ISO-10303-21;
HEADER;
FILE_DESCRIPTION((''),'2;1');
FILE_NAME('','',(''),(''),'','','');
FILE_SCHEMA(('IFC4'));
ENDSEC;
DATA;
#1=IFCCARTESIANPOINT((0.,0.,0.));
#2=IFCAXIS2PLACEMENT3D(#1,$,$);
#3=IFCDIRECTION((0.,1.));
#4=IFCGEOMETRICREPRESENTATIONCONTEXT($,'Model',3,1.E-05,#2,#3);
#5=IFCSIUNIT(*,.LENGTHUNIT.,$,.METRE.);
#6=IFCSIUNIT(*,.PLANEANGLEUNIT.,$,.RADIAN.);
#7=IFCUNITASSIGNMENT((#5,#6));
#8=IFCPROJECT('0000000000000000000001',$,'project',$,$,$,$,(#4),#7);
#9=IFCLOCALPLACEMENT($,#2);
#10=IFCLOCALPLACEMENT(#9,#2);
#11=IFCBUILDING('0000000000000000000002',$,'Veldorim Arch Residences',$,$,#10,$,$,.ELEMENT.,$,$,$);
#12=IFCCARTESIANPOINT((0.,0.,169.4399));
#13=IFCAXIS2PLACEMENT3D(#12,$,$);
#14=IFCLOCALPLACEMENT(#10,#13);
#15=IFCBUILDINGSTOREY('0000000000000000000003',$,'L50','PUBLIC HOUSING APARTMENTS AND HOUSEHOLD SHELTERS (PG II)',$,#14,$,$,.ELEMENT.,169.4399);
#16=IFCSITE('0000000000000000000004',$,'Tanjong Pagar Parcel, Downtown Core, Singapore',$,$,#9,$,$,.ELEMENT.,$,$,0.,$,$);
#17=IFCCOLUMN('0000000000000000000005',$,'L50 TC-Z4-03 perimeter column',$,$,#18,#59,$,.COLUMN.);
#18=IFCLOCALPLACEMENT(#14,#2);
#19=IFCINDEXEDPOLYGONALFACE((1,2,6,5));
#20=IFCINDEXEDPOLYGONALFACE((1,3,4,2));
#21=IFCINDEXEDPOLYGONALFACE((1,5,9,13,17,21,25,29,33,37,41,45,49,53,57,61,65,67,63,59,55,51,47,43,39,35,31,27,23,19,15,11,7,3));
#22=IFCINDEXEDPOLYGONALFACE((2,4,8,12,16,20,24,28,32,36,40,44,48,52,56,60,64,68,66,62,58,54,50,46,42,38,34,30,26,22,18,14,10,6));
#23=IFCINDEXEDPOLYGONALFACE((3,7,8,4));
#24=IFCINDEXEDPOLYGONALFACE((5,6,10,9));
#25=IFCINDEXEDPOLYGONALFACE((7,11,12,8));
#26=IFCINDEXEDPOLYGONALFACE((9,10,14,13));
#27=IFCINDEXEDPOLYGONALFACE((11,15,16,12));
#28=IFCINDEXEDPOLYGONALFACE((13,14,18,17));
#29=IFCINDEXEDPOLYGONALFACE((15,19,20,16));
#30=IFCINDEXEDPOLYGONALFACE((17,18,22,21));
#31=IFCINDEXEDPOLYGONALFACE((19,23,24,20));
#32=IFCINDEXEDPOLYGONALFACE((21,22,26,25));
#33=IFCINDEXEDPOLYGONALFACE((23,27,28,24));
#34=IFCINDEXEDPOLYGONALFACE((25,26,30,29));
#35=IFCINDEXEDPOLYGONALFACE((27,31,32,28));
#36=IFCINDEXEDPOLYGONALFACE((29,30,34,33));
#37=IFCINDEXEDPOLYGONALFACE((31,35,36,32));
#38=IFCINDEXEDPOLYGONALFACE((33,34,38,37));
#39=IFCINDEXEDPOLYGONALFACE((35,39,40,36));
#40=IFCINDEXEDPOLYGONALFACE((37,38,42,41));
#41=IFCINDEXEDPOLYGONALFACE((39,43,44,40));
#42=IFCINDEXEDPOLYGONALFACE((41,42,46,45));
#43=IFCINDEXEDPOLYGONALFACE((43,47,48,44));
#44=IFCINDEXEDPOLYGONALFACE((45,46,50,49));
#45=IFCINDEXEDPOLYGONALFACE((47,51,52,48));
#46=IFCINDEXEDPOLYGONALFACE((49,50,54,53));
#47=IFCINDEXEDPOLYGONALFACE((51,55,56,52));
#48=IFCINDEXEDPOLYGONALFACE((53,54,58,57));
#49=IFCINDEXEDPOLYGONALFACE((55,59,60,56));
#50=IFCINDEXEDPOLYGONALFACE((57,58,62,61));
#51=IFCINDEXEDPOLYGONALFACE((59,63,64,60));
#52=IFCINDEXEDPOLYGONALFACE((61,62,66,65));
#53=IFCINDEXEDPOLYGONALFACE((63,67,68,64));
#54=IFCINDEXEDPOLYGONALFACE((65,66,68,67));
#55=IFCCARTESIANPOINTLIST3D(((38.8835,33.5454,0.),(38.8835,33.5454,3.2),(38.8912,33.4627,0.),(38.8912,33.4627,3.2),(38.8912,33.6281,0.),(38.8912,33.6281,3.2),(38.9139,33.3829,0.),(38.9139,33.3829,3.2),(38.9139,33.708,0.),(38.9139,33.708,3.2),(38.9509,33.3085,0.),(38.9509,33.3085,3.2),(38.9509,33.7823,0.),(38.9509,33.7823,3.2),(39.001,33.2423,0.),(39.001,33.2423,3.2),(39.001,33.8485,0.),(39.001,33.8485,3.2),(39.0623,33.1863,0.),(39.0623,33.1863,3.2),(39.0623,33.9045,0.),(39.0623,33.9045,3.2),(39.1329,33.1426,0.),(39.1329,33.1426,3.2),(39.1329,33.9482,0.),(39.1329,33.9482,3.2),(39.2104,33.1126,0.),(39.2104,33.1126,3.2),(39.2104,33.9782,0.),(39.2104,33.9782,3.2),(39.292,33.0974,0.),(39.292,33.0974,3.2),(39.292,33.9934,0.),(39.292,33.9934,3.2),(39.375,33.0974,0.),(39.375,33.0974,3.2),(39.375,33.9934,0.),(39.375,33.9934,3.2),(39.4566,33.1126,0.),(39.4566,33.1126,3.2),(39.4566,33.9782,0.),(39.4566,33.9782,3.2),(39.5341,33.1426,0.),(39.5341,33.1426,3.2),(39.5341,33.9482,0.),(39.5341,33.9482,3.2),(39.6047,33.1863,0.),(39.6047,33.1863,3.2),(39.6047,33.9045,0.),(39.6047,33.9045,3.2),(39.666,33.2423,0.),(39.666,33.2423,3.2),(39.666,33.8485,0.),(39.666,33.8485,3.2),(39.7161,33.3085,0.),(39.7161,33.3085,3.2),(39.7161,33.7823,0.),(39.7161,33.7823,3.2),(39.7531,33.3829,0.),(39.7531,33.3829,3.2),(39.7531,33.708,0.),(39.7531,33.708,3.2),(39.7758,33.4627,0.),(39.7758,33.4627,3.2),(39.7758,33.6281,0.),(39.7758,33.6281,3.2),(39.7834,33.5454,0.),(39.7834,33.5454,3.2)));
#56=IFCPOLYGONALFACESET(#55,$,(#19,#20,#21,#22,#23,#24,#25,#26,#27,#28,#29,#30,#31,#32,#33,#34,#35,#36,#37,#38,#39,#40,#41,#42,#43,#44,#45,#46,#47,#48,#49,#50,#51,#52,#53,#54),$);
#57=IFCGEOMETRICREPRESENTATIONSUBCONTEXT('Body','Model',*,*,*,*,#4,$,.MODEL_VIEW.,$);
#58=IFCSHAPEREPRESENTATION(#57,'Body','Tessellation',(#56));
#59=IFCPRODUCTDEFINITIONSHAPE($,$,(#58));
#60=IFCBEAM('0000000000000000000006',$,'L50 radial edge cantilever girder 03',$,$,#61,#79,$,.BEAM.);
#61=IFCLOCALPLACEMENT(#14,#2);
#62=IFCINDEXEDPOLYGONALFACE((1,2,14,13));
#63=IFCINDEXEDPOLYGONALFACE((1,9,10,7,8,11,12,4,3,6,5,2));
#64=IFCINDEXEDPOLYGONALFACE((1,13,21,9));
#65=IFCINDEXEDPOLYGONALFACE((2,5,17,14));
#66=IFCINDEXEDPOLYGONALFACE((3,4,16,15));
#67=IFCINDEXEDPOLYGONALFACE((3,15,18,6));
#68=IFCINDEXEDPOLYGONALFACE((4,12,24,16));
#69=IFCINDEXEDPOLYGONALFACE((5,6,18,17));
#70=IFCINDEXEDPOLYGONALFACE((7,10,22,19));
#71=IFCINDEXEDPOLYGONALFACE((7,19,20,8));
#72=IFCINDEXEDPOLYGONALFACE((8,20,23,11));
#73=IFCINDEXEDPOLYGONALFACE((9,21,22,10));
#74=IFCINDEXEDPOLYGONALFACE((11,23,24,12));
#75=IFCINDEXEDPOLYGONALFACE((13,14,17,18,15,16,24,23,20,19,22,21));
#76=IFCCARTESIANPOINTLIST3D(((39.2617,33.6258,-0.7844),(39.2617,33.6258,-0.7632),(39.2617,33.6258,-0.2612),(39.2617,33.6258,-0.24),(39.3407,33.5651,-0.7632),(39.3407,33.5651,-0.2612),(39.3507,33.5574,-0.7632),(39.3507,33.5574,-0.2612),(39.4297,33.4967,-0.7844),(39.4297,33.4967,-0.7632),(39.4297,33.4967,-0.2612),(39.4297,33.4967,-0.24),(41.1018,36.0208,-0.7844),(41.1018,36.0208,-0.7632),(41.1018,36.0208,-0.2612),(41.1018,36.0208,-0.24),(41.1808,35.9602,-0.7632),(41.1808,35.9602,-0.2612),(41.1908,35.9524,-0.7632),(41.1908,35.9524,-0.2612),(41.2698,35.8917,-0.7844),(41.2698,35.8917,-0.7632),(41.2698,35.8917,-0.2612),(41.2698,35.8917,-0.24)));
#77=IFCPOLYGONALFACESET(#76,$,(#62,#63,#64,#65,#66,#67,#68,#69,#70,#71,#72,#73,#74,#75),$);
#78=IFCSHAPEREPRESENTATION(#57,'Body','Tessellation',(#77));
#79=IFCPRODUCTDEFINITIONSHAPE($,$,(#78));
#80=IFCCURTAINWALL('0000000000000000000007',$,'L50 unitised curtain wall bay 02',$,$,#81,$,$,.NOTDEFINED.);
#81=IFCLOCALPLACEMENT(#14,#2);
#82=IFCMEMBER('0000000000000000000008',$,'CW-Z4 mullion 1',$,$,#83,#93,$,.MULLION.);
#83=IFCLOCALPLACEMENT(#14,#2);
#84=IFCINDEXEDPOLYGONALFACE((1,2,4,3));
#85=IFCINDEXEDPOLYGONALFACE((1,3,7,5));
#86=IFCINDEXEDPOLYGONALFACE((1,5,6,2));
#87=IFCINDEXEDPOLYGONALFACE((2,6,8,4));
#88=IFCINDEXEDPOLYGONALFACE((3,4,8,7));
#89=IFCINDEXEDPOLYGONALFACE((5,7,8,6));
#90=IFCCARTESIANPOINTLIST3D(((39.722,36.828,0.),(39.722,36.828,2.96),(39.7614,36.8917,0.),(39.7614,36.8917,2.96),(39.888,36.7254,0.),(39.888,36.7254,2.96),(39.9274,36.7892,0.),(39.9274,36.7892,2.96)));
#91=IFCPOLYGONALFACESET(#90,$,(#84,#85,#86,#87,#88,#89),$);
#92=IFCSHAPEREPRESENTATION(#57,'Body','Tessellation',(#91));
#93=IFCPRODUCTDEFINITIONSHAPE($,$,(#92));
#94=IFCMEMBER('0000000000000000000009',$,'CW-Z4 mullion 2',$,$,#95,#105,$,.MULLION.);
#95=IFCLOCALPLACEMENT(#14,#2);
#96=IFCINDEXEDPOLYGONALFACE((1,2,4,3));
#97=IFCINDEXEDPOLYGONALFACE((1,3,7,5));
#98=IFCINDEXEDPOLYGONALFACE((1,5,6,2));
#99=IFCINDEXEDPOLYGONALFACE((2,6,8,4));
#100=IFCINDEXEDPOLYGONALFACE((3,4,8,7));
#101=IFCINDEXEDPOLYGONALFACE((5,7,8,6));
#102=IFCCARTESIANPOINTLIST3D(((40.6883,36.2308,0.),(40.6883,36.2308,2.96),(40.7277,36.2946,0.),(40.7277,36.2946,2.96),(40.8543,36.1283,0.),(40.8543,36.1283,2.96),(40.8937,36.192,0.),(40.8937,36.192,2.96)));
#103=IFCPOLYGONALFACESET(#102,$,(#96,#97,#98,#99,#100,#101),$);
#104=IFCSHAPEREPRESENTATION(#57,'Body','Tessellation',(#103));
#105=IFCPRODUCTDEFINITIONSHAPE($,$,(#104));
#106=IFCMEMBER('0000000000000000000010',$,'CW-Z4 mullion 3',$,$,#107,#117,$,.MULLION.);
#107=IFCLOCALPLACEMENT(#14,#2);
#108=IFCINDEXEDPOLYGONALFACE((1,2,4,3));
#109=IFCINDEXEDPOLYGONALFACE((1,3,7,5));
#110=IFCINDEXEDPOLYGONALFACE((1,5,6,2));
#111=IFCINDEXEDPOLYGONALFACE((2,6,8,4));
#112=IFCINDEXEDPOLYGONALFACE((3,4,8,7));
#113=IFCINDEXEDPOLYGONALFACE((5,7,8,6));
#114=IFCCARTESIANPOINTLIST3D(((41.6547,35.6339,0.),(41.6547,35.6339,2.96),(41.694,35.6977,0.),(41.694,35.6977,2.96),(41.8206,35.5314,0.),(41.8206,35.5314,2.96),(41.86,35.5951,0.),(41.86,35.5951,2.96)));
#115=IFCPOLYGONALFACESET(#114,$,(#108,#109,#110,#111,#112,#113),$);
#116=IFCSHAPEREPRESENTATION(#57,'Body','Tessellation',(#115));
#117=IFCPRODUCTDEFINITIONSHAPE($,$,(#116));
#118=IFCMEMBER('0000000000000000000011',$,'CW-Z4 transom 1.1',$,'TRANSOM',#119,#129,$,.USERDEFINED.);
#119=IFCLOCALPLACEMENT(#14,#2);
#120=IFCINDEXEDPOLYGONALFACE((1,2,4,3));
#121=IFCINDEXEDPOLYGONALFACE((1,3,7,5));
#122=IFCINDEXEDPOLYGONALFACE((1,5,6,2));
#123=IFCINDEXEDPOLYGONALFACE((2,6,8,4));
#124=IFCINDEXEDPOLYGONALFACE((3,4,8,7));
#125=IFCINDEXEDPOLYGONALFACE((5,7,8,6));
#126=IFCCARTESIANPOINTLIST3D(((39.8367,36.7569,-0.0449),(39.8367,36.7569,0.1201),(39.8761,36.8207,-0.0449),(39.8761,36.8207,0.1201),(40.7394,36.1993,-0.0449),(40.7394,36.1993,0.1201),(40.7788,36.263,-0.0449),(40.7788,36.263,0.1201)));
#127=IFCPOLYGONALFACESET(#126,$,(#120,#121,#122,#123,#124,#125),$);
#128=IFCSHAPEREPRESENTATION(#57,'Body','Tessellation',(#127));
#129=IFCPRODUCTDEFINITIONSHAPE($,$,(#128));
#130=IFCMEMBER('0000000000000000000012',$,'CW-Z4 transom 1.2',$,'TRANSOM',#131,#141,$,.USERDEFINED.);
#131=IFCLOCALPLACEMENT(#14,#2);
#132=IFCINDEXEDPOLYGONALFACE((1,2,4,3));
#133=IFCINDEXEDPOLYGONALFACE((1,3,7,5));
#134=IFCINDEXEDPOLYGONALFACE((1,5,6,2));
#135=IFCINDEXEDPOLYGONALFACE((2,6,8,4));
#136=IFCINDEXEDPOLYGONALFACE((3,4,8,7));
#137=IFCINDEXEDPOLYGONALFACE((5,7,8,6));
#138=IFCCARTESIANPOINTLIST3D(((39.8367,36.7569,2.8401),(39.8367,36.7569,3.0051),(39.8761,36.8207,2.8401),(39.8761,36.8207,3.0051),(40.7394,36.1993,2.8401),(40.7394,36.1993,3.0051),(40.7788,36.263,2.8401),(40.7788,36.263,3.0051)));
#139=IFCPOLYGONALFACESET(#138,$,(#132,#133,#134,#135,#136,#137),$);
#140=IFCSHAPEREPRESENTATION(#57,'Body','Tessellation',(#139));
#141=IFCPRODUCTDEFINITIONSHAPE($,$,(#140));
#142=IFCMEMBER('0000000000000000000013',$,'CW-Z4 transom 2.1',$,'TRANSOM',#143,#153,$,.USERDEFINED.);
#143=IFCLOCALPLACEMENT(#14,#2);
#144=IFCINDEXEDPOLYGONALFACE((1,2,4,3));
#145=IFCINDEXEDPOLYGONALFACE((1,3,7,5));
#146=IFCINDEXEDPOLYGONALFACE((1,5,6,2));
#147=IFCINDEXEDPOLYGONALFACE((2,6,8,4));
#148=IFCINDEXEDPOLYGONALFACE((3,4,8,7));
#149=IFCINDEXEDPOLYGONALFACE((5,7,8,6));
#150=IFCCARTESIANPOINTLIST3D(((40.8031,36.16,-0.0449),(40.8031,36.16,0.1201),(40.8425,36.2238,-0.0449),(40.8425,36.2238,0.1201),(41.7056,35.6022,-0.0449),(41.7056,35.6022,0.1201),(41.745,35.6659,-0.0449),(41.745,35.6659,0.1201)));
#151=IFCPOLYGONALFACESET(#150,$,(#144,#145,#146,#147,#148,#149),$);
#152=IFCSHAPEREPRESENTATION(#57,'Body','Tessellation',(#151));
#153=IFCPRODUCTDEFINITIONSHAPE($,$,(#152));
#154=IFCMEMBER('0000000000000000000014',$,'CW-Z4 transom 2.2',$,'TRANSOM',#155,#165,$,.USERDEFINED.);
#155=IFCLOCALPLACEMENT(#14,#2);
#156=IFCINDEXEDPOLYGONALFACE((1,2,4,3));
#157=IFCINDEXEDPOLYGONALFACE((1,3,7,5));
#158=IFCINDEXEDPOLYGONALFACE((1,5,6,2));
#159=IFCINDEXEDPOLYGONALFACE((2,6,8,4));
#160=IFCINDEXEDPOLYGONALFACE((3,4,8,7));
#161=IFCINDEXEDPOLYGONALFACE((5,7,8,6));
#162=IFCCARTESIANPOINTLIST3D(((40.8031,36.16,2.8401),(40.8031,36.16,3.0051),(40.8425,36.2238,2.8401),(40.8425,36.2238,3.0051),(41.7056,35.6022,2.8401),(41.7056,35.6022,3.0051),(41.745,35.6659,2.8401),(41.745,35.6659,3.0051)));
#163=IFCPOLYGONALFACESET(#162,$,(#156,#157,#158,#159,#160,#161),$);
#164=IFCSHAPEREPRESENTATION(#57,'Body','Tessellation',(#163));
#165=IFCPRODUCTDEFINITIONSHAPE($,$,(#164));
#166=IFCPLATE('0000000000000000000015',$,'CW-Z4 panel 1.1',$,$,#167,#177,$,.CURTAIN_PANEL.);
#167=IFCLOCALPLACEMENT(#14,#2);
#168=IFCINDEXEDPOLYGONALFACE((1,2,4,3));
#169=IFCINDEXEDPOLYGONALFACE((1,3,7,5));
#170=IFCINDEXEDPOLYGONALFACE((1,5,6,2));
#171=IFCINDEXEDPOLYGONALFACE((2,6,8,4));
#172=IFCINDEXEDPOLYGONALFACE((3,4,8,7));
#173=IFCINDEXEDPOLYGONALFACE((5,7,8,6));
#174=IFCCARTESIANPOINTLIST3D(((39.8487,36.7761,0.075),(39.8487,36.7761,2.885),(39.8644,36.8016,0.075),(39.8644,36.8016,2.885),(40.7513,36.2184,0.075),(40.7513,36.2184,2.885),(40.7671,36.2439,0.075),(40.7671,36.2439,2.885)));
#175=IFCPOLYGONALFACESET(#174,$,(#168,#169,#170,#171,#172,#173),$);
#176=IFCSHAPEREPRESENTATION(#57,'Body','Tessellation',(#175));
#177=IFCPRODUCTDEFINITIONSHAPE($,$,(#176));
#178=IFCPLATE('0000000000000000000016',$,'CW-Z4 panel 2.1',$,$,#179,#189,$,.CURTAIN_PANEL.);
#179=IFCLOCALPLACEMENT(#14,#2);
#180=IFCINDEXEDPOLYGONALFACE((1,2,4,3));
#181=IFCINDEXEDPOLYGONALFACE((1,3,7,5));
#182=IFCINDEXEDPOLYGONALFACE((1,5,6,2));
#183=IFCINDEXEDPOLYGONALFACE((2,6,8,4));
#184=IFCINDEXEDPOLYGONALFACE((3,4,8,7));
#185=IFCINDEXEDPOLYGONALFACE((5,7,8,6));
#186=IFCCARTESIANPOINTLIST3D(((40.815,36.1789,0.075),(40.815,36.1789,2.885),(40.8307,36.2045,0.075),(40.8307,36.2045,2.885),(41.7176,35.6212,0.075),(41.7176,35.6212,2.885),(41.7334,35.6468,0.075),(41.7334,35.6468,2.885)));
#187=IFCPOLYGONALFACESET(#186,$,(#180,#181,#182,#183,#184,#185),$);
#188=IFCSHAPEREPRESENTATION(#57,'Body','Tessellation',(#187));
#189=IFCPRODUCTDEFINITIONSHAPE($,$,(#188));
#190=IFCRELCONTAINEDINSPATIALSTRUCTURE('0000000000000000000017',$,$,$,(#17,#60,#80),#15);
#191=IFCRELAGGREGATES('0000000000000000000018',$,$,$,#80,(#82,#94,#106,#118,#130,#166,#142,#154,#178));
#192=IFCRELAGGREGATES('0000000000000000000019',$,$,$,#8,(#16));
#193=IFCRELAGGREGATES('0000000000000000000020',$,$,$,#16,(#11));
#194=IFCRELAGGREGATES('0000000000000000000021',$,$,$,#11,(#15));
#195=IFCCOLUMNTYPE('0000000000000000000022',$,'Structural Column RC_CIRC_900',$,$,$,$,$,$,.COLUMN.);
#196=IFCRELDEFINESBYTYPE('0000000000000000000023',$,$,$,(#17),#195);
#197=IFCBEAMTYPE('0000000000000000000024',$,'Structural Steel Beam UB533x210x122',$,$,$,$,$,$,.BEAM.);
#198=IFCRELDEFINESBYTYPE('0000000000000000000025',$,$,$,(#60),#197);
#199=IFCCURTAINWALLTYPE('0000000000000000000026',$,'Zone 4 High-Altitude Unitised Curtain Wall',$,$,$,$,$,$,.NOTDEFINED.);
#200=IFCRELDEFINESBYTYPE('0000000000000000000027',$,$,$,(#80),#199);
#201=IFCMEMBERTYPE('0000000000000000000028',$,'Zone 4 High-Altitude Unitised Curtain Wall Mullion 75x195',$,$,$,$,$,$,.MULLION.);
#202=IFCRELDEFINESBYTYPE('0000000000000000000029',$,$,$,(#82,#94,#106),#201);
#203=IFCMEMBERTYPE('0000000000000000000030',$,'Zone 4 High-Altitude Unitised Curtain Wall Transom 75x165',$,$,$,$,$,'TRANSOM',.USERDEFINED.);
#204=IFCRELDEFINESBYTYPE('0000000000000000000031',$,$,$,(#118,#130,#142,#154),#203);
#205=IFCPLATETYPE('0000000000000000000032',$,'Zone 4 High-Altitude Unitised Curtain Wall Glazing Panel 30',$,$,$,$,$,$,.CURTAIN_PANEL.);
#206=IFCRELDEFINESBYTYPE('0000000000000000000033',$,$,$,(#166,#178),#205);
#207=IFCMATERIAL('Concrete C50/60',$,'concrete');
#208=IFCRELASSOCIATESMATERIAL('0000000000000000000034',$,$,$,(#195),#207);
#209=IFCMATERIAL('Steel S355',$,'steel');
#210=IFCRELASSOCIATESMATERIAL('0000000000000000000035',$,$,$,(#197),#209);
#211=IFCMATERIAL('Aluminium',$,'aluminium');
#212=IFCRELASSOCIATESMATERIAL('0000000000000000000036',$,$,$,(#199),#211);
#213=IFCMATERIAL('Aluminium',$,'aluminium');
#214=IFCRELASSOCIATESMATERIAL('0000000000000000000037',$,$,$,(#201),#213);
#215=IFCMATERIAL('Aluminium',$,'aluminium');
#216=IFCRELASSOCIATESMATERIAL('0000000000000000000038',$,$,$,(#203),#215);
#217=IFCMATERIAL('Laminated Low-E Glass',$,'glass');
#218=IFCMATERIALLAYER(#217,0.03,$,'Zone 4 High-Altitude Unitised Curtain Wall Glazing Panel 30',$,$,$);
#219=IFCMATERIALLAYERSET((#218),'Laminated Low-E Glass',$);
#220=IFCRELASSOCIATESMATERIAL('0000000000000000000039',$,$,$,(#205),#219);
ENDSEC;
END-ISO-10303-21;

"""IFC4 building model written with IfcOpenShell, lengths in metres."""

from ifc_helpers import new_model, si_unit, direction, frame, origin, origin_2d, place, context, subcontext, project, spatial, rectangle, circle, i_section, extrude, material, layer, layer_set, material_profile, profile_set, type_object, element, aggregate, save


model = new_model("IFC4")

# Units and contexts
model_context = context("Model", 3, precision=1e-05, world=origin(), true_north=direction((0.0, 1.0)))
body_context = subcontext(model_context, "Body", "Model", "MODEL_VIEW")
ifc_project = project(units=[si_unit("LENGTHUNIT", "METRE"), si_unit("PLANEANGLEUNIT", "RADIAN")], contexts=[model_context])

# Site, building, storey
site_placement = place(None, origin())
site = spatial("IfcSite", under=ifc_project, at=site_placement, Name="Tanjong Pagar Parcel, Downtown Core, Singapore", CompositionType="ELEMENT", RefElevation=0.0)
building_placement = place(site_placement, origin())
building = spatial("IfcBuilding", under=site, at=building_placement, Name="Veldorim Arch Residences", CompositionType="ELEMENT")
storey_placement = place(building_placement, frame((0.0, 0.0, 169.4399)))
storey = spatial("IfcBuildingStorey", under=building, at=storey_placement, Name="L50", Description="PUBLIC HOUSING APARTMENTS AND HOUSEHOLD SHELTERS (PG II)", CompositionType="ELEMENT", Elevation=169.4399)

# Column
ifc_material_1 = material(Name="Concrete C50/60", Category="concrete")
ifc_material_profile_1 = material_profile(ifc_material_1, circle(Radius=0.45, at=origin_2d()), Name="RC_CIRC_900")
ifc_profile_set_1 = profile_set([ifc_material_profile_1], Name="Concrete C50/60")
column_type = type_object("IfcColumnType", Name="Structural Column RC_CIRC_900", PredefinedType="COLUMN", material=ifc_profile_set_1)
column_placement = place(storey_placement, frame((39.3335, 33.5454, 0.0), z_axis=(0.0, 0.0, 1.0), x_axis=(1.0, 0.0, 0.0)))
element("IfcColumn", 1, at=column_placement, inside=storey, type_object=column_type, Name="L50 TC-Z4-03 perimeter column", PredefinedType="COLUMN", context=body_context, shape_type="SweptSolid", body=[
    extrude(circle(Radius=0.45, at=origin_2d()), origin(), (0.0, 0.0, 1.0), 3.2),
])

# Beam
ifc_material_2 = material(Name="Steel S355", Category="steel")
ifc_material_profile_2 = material_profile(ifc_material_2, i_section(OverallWidth=0.2119, OverallDepth=0.5444, WebThickness=0.0127, FlangeThickness=0.0212, at=origin_2d()), Name="UB533x210x122")
ifc_profile_set_2 = profile_set([ifc_material_profile_2], Name="Steel S355")
beam_type = type_object("IfcBeamType", Name="Structural Steel Beam UB533x210x122", PredefinedType="BEAM", material=ifc_profile_set_2)
beam_placement = place(storey_placement, frame((39.3457, 33.5613, -0.5122), z_axis=(0.609246, 0.792981, 0.0), x_axis=(-0.792981, 0.609246, 0.0)))
element("IfcBeam", 2, at=beam_placement, inside=storey, type_object=beam_type, Name="L50 radial edge cantilever girder 03", PredefinedType="BEAM", context=body_context, shape_type="SweptSolid", body=[
    extrude(i_section(OverallWidth=0.2119, OverallDepth=0.5444, WebThickness=0.0127, FlangeThickness=0.0212, at=origin_2d()), origin(), (0.0, 0.0, 1.0), 3.0203),
])

# Curtain wall, members, plates
ifc_material_3 = material(Name="Aluminium", Category="aluminium")
curtain_wall_type = type_object("IfcCurtainWallType", Name="Zone 4 High-Altitude Unitised Curtain Wall", PredefinedType="NOTDEFINED", material=ifc_material_3)
curtain_wall_placement = place(storey_placement, origin())
curtain_wall = element("IfcCurtainWall", 3, at=curtain_wall_placement, inside=storey, type_object=curtain_wall_type, Name="L50 unitised curtain wall bay 02", PredefinedType="NOTDEFINED")
ifc_material_4 = material(Name="Aluminium", Category="aluminium")
ifc_material_profile_3 = material_profile(ifc_material_4, rectangle(XDim=0.075, YDim=0.1951, at=origin_2d()), Name="ALU_MUL_75x195")
ifc_profile_set_3 = profile_set([ifc_material_profile_3], Name="Aluminium")
member_type_1 = type_object("IfcMemberType", Name="Zone 4 High-Altitude Unitised Curtain Wall Mullion 75x195", PredefinedType="MULLION", material=ifc_profile_set_3)
member_1_placement = place(storey_placement, frame((39.8247, 36.8086, 0.0), z_axis=(0.0, 0.0, 1.0), x_axis=(0.525637, 0.850709, 0.0)))
member_1 = element("IfcMember", 4, at=member_1_placement, type_object=member_type_1, Name="CW-Z4 mullion 1", PredefinedType="MULLION", context=body_context, shape_type="SweptSolid", body=[
    extrude(rectangle(XDim=0.075, YDim=0.1951, at=origin_2d()), origin(), (0.0, 0.0, 1.0), 2.96),
])
member_2_placement = place(storey_placement, frame((40.791, 36.2114, 0.0), z_axis=(0.0, 0.0, 1.0), x_axis=(0.525637, 0.850709, 0.0)))
member_2 = element("IfcMember", 5, at=member_2_placement, type_object=member_type_1, Name="CW-Z4 mullion 2", PredefinedType="MULLION", context=body_context, shape_type="SweptSolid", body=[
    extrude(rectangle(XDim=0.075, YDim=0.1951, at=origin_2d()), origin(), (0.0, 0.0, 1.0), 2.96),
])
member_3_placement = place(storey_placement, frame((41.7573, 35.6145, 0.0), z_axis=(0.0, 0.0, 1.0), x_axis=(0.525637, 0.850709, 0.0)))
member_3 = element("IfcMember", 6, at=member_3_placement, type_object=member_type_1, Name="CW-Z4 mullion 3", PredefinedType="MULLION", context=body_context, shape_type="SweptSolid", body=[
    extrude(rectangle(XDim=0.075, YDim=0.1951, at=origin_2d()), origin(), (0.0, 0.0, 1.0), 2.96),
])
ifc_material_5 = material(Name="Aluminium", Category="aluminium")
ifc_material_profile_4 = material_profile(ifc_material_5, rectangle(XDim=0.075, YDim=0.165, at=origin_2d()), Name="ALU_TRN_75x165")
ifc_profile_set_4 = profile_set([ifc_material_profile_4], Name="Aluminium")
member_type_2 = type_object("IfcMemberType", Name="Zone 4 High-Altitude Unitised Curtain Wall Transom 75x165", ElementType="TRANSOM", PredefinedType="USERDEFINED", material=ifc_profile_set_4)
member_4_placement = place(storey_placement, frame((39.8564, 36.7888, 0.0376), z_axis=(0.85074, -0.525586, 0.0), x_axis=(0.525586, 0.85074, 0.0)))
member_4 = element("IfcMember", 7, at=member_4_placement, type_object=member_type_2, Name="CW-Z4 transom 1.1", ObjectType="TRANSOM", PredefinedType="USERDEFINED", context=body_context, shape_type="SweptSolid", body=[
    extrude(rectangle(XDim=0.075, YDim=0.165, at=origin_2d()), origin(), (0.0, 0.0, 1.0), 1.061),
])
member_5_placement = place(storey_placement, frame((39.8564, 36.7888, 2.9226), z_axis=(0.85074, -0.525586, 0.0), x_axis=(0.525586, 0.85074, 0.0)))
member_5 = element("IfcMember", 8, at=member_5_placement, type_object=member_type_2, Name="CW-Z4 transom 1.2", ObjectType="TRANSOM", PredefinedType="USERDEFINED", context=body_context, shape_type="SweptSolid", body=[
    extrude(rectangle(XDim=0.075, YDim=0.165, at=origin_2d()), origin(), (0.0, 0.0, 1.0), 1.061),
])
member_6_placement = place(storey_placement, frame((40.8228, 36.1919, 0.0376), z_axis=(0.850638, -0.525752, 0.0), x_axis=(0.525752, 0.850638, 0.0)))
member_6 = element("IfcMember", 9, at=member_6_placement, type_object=member_type_2, Name="CW-Z4 transom 2.1", ObjectType="TRANSOM", PredefinedType="USERDEFINED", context=body_context, shape_type="SweptSolid", body=[
    extrude(rectangle(XDim=0.075, YDim=0.165, at=origin_2d()), origin(), (0.0, 0.0, 1.0), 1.061),
])
member_7_placement = place(storey_placement, frame((40.8228, 36.1919, 2.9226), z_axis=(0.850638, -0.525752, 0.0), x_axis=(0.525752, 0.850638, 0.0)))
member_7 = element("IfcMember", 10, at=member_7_placement, type_object=member_type_2, Name="CW-Z4 transom 2.2", ObjectType="TRANSOM", PredefinedType="USERDEFINED", context=body_context, shape_type="SweptSolid", body=[
    extrude(rectangle(XDim=0.075, YDim=0.165, at=origin_2d()), origin(), (0.0, 0.0, 1.0), 1.061),
])
ifc_material_6 = material(Name="Laminated Low-E Glass", Category="glass")
ifc_layer_1 = layer(ifc_material_6, 0.03, Name="Zone 4 High-Altitude Unitised Curtain Wall Glazing Panel 30")
ifc_layer_set_1 = layer_set([ifc_layer_1], Name="Laminated Low-E Glass")
plate_type = type_object("IfcPlateType", Name="Zone 4 High-Altitude Unitised Curtain Wall Glazing Panel 30", PredefinedType="CURTAIN_PANEL", material=ifc_layer_set_1)
plate_1_placement = place(storey_placement, frame((40.3079, 36.51, 0.075), z_axis=(0.0, 0.0, 1.0), x_axis=(0.850709, -0.525637, 0.0)))
plate_1 = element("IfcPlate", 11, at=plate_1_placement, type_object=plate_type, Name="CW-Z4 panel 1.1", PredefinedType="CURTAIN_PANEL", context=body_context, shape_type="SweptSolid", body=[
    extrude(rectangle(XDim=1.061, YDim=0.03, at=origin_2d()), origin(), (0.0, 0.0, 1.0), 2.8101),
])
plate_2_placement = place(storey_placement, frame((41.2742, 35.9128, 0.075), z_axis=(0.0, 0.0, 1.0), x_axis=(0.850709, -0.525637, 0.0)))
plate_2 = element("IfcPlate", 12, at=plate_2_placement, type_object=plate_type, Name="CW-Z4 panel 2.1", PredefinedType="CURTAIN_PANEL", context=body_context, shape_type="SweptSolid", body=[
    extrude(rectangle(XDim=1.061, YDim=0.03, at=origin_2d()), origin(), (0.0, 0.0, 1.0), 2.8101),
])
aggregate(curtain_wall, [member_1, member_2, member_3, member_4, member_5, plate_1, member_6, member_7, plate_2])

save(model, "model.ifc")
